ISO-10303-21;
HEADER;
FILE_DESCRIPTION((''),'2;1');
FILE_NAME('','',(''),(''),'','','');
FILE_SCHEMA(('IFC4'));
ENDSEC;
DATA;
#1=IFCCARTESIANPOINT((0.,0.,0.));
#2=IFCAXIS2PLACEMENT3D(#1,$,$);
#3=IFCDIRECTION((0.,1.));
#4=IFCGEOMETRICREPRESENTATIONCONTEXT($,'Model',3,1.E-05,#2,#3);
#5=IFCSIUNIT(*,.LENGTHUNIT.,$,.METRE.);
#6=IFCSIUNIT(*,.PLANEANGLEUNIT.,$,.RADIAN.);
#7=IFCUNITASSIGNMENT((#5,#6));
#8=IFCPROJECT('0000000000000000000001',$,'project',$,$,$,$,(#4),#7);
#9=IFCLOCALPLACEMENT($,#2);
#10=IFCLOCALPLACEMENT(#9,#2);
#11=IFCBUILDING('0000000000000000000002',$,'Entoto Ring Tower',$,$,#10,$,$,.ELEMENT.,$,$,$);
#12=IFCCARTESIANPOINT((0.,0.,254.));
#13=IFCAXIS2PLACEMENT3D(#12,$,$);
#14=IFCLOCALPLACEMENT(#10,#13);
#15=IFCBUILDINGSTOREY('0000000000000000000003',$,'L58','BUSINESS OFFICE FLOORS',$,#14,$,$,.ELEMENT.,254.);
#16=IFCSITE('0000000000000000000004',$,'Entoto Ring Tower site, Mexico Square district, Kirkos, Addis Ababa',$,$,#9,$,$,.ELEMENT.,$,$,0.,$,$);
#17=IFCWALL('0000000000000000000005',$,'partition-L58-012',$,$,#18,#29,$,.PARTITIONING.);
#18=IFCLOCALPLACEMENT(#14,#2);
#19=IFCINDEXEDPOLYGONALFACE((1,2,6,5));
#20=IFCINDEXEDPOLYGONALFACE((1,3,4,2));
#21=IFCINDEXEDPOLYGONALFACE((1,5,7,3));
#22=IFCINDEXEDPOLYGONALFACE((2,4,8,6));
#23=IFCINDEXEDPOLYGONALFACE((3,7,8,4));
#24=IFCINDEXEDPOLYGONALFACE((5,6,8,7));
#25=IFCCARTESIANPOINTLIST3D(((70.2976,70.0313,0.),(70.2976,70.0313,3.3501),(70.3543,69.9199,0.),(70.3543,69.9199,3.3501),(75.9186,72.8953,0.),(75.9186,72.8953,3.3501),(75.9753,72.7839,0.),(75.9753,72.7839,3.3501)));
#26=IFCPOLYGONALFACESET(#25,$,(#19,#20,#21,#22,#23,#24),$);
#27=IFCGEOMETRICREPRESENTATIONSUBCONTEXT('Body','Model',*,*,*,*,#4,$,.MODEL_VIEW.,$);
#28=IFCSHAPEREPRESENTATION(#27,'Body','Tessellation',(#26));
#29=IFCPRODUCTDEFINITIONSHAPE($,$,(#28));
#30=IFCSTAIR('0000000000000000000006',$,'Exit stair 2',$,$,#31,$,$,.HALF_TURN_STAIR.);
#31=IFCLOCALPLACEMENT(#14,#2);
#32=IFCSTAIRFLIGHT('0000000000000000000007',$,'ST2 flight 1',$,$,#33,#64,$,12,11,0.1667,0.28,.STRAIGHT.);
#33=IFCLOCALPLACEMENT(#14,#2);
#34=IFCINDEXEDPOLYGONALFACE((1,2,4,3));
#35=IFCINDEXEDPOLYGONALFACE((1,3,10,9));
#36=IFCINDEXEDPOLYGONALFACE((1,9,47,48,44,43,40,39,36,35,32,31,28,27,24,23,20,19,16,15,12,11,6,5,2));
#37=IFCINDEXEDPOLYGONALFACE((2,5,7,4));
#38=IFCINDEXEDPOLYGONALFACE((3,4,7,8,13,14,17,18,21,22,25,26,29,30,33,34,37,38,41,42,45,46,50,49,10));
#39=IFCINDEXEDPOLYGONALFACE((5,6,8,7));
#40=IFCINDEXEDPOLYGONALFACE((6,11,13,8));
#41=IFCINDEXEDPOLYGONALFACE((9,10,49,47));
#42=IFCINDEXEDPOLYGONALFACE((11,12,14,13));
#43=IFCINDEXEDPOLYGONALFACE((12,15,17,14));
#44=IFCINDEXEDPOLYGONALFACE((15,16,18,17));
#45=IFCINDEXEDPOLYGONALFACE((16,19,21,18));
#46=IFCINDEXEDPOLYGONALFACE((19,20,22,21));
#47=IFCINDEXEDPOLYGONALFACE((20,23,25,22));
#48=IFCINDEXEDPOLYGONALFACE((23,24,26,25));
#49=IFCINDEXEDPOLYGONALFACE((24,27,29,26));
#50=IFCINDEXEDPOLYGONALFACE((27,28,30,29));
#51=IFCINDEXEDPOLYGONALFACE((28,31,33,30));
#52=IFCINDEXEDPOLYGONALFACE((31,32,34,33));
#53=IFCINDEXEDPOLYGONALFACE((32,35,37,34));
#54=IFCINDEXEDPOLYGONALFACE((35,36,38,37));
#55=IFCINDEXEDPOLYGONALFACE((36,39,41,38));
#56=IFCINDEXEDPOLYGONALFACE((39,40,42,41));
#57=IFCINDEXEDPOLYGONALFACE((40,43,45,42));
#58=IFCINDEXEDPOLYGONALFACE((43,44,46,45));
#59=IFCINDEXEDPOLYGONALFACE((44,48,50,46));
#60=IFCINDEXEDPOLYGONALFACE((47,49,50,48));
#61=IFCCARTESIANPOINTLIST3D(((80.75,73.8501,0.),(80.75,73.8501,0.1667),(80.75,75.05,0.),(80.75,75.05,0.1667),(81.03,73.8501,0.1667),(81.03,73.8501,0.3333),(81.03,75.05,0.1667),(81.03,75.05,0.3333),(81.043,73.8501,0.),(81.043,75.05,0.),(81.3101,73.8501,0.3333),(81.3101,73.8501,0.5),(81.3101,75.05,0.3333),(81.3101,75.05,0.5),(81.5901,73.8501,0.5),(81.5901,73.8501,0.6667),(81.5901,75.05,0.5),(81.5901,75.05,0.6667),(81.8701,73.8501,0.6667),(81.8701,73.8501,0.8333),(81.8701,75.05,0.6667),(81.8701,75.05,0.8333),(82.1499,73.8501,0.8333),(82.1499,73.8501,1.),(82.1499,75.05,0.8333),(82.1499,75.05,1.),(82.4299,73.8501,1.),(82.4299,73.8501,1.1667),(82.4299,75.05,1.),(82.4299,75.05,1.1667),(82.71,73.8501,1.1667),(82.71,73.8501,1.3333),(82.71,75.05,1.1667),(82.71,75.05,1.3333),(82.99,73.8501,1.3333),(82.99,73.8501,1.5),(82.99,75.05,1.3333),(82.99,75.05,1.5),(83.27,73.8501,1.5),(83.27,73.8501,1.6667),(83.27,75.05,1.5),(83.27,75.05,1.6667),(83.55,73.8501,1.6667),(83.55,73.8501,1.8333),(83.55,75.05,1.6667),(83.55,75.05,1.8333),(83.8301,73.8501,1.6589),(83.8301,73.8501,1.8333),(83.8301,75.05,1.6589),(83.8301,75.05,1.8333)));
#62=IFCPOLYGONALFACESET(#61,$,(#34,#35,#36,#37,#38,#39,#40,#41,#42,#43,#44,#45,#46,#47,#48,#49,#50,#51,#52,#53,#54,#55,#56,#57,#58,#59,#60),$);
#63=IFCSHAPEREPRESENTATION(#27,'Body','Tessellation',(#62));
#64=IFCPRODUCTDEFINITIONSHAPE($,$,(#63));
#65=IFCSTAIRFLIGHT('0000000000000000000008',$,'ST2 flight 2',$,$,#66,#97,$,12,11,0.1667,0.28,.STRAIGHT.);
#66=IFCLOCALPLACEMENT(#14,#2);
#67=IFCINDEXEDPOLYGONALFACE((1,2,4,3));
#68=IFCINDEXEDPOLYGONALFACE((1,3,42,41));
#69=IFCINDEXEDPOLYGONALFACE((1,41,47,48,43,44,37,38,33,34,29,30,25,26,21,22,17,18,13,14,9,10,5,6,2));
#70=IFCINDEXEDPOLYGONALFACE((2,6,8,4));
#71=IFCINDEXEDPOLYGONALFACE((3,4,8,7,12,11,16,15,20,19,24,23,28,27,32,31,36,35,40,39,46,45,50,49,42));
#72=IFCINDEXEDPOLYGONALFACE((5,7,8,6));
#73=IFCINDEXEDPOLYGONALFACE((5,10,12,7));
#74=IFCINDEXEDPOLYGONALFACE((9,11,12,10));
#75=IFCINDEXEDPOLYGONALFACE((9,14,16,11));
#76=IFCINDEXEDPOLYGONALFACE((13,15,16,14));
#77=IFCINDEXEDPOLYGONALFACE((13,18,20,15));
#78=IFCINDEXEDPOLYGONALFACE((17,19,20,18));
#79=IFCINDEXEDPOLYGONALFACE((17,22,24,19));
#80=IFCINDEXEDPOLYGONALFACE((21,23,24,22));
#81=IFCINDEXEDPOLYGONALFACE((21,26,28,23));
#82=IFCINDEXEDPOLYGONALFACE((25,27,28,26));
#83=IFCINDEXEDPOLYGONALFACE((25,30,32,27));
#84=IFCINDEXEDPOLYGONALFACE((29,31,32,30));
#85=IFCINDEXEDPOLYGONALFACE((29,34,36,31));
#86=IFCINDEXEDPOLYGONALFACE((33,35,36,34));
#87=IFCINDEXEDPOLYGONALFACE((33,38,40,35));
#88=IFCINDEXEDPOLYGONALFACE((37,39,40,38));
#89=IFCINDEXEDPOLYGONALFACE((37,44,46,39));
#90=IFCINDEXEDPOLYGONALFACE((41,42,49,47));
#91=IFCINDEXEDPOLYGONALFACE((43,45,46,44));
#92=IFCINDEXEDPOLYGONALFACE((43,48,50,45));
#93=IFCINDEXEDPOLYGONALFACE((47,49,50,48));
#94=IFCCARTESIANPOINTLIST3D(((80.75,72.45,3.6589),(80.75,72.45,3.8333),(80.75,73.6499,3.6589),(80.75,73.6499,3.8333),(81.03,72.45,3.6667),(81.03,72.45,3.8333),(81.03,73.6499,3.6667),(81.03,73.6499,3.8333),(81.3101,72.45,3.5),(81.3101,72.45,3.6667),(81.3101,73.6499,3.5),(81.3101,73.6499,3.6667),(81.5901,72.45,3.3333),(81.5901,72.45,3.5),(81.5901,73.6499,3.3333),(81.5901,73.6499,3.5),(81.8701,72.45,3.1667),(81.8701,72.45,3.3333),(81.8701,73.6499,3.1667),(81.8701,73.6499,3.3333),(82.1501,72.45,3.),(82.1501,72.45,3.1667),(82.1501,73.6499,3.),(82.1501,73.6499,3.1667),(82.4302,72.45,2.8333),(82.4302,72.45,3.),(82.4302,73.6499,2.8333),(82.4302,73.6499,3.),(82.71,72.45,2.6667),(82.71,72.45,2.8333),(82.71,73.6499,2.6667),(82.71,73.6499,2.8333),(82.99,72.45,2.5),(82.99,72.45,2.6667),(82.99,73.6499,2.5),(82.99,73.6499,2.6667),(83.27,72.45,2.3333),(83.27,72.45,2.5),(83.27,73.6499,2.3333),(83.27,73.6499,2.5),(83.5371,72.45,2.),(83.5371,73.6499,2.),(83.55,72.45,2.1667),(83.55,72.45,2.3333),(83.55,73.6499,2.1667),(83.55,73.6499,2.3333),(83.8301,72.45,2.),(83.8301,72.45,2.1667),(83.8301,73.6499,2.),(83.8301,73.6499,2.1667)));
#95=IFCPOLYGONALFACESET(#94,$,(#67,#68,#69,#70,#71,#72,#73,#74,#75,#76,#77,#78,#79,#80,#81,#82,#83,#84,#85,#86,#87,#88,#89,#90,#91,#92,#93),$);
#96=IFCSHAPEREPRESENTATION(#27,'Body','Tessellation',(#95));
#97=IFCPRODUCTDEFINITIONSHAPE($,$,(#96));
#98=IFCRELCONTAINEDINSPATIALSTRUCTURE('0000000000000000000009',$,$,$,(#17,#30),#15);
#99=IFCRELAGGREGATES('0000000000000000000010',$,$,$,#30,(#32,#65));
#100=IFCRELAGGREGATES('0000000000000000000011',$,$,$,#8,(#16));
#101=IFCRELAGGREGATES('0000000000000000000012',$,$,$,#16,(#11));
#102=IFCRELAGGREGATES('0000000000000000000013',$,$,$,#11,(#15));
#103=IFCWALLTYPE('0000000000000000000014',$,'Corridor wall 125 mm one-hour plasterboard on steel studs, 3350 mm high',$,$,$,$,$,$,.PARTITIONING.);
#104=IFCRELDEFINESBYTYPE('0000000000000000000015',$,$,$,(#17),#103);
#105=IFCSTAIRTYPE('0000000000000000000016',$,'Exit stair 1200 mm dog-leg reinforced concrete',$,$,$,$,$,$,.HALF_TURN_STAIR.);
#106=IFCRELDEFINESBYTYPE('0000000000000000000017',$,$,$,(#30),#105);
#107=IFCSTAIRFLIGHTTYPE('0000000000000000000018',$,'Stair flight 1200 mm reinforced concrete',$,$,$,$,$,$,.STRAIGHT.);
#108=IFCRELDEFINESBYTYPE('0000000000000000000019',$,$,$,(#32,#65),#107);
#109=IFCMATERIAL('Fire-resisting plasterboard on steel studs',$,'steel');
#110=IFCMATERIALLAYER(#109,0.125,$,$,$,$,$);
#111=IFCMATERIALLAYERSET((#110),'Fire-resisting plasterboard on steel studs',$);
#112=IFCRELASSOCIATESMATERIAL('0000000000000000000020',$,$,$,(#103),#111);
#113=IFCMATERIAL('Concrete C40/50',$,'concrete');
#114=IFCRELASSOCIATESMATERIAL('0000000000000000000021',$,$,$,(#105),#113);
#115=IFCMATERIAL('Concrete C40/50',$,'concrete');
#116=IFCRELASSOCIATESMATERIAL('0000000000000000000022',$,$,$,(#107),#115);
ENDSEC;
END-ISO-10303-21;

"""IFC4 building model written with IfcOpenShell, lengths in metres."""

from ifc_helpers import new_model, si_unit, direction, frame, frame_2d, origin, place, context, subcontext, project, spatial, polyline, rectangle, outline, extrude, material, layer, layer_set, type_object, element, aggregate, save


model = new_model("IFC4")

# Units and contexts
model_context = context("Model", 3, precision=1e-05, world=origin(), true_north=direction((0.0, 1.0)))
body_context = subcontext(model_context, "Body", "Model", "MODEL_VIEW")
ifc_project = project(units=[si_unit("LENGTHUNIT", "METRE"), si_unit("PLANEANGLEUNIT", "RADIAN")], contexts=[model_context])

# Site, building, storey
site_placement = place(None, origin())
site = spatial("IfcSite", under=ifc_project, at=site_placement, Name="Entoto Ring Tower site, Mexico Square district, Kirkos, Addis Ababa", CompositionType="ELEMENT", RefElevation=0.0)
building_placement = place(site_placement, origin())
building = spatial("IfcBuilding", under=site, at=building_placement, Name="Entoto Ring Tower", CompositionType="ELEMENT")
storey_placement = place(building_placement, frame((0.0, 0.0, 254.0)))
storey = spatial("IfcBuildingStorey", under=building, at=storey_placement, Name="L58", Description="BUSINESS OFFICE FLOORS", CompositionType="ELEMENT", Elevation=254.0)

# Wall
ifc_material_1 = material(Name="Fire-resisting plasterboard on steel studs", Category="steel")
ifc_layer_1 = layer(ifc_material_1, 0.125)
ifc_layer_set_1 = layer_set([ifc_layer_1], Name="Fire-resisting plasterboard on steel studs")
wall_type_1 = type_object("IfcWallType", Name="Corridor wall 125 mm one-hour plasterboard on steel studs, 3350 mm high", PredefinedType="PARTITIONING", material=ifc_layer_set_1)
wall_1_placement = place(storey_placement, frame((70.3259, 69.9756, 0.0), z_axis=(0.0, 0.0, 1.0), x_axis=(0.891011, 0.453981, 0.0)))
element("IfcWall", 1, at=wall_1_placement, inside=storey, type_object=wall_type_1, Name="partition-L58-012", PredefinedType="PARTITIONING", context=body_context, shape_type="SweptSolid", body=[
    extrude(rectangle(XDim=6.3086, YDim=0.125, at=frame_2d((3.1543, 0.0))), origin(), (0.0, 0.0, 1.0), 3.3501),
])

# Stair, stair flights
ifc_material_2 = material(Name="Concrete C40/50", Category="concrete")
stair_type = type_object("IfcStairType", Name="Exit stair 1200 mm dog-leg reinforced concrete", PredefinedType="HALF_TURN_STAIR", material=ifc_material_2)
stair_placement = place(storey_placement, origin())
stair = element("IfcStair", 2, at=stair_placement, inside=storey, type_object=stair_type, Name="Exit stair 2", PredefinedType="HALF_TURN_STAIR")
ifc_material_3 = material(Name="Concrete C40/50", Category="concrete")
stair_flight_type = type_object("IfcStairFlightType", Name="Stair flight 1200 mm reinforced concrete", PredefinedType="STRAIGHT", material=ifc_material_3)
stair_flight_1_placement = place(storey_placement, frame((80.75, 74.45, 0.0), z_axis=(0.0, 0.0, 1.0), x_axis=(1.0, 0.0, 0.0)))
stair_flight_1 = element("IfcStairFlight", 3, at=stair_flight_1_placement, type_object=stair_flight_type, Name="ST2 flight 1", NumberOfRisers=12, NumberOfTreads=11, PredefinedType="STRAIGHT", RiserHeight=0.1667, TreadLength=0.28, context=body_context, shape_type="SweptSolid", body=[
    extrude(outline(polyline([(0.0, 0.0), (0.0, 0.1667), (0.28, 0.1667), (0.28, 0.3333), (0.5601, 0.3333), (0.5601, 0.5), (0.8401, 0.5), (0.8401, 0.6667), (1.1201, 0.6667), (1.1201, 0.8333), (1.3999, 0.8333), (1.3999, 1.0), (1.6799, 1.0), (1.6799, 1.1667), (1.96, 1.1667), (1.96, 1.3333), (2.24, 1.3333), (2.24, 1.5), (2.52, 1.5), (2.52, 1.6667), (2.8, 1.6667), (2.8, 1.8333), (3.0801, 1.8333), (3.0801, 2.0), (3.0801, 1.6589), (0.293, 0.0), (0.0, 0.0)])), frame((0.0, 0.6001, 0.0), z_axis=(0.0, -1.0, 0.0), x_axis=(1.0, 0.0, 0.0)), (0.0, 0.0, 1.0), 1.2),
])
stair_flight_2_placement = place(storey_placement, frame((83.8301, 73.05, 2.0), z_axis=(0.0, 0.0, 1.0), x_axis=(-1.0, 0.0, 0.0)))
stair_flight_2 = element("IfcStairFlight", 4, at=stair_flight_2_placement, type_object=stair_flight_type, Name="ST2 flight 2", NumberOfRisers=12, NumberOfTreads=11, PredefinedType="STRAIGHT", RiserHeight=0.1667, TreadLength=0.28, context=body_context, shape_type="SweptSolid", body=[
    extrude(outline(polyline([(0.0, 0.0), (0.0, 0.1667), (0.28, 0.1667), (0.28, 0.3333), (0.5601, 0.3333), (0.5601, 0.5), (0.8401, 0.5), (0.8401, 0.6667), (1.1201, 0.6667), (1.1201, 0.8333), (1.3999, 0.8333), (1.3999, 1.0), (1.6799, 1.0), (1.6799, 1.1667), (1.96, 1.1667), (1.96, 1.3333), (2.24, 1.3333), (2.24, 1.5), (2.52, 1.5), (2.52, 1.6667), (2.8, 1.6667), (2.8, 1.8333), (3.0801, 1.8333), (3.0801, 2.0), (3.0801, 1.6589), (0.293, 0.0), (0.0, 0.0)])), frame((0.0, 0.6001, 0.0), z_axis=(0.0, -1.0, 0.0), x_axis=(1.0, 0.0, 0.0)), (0.0, 0.0, 1.0), 1.2),
])
aggregate(stair, [stair_flight_1, stair_flight_2])

save(model, "model.ifc")
